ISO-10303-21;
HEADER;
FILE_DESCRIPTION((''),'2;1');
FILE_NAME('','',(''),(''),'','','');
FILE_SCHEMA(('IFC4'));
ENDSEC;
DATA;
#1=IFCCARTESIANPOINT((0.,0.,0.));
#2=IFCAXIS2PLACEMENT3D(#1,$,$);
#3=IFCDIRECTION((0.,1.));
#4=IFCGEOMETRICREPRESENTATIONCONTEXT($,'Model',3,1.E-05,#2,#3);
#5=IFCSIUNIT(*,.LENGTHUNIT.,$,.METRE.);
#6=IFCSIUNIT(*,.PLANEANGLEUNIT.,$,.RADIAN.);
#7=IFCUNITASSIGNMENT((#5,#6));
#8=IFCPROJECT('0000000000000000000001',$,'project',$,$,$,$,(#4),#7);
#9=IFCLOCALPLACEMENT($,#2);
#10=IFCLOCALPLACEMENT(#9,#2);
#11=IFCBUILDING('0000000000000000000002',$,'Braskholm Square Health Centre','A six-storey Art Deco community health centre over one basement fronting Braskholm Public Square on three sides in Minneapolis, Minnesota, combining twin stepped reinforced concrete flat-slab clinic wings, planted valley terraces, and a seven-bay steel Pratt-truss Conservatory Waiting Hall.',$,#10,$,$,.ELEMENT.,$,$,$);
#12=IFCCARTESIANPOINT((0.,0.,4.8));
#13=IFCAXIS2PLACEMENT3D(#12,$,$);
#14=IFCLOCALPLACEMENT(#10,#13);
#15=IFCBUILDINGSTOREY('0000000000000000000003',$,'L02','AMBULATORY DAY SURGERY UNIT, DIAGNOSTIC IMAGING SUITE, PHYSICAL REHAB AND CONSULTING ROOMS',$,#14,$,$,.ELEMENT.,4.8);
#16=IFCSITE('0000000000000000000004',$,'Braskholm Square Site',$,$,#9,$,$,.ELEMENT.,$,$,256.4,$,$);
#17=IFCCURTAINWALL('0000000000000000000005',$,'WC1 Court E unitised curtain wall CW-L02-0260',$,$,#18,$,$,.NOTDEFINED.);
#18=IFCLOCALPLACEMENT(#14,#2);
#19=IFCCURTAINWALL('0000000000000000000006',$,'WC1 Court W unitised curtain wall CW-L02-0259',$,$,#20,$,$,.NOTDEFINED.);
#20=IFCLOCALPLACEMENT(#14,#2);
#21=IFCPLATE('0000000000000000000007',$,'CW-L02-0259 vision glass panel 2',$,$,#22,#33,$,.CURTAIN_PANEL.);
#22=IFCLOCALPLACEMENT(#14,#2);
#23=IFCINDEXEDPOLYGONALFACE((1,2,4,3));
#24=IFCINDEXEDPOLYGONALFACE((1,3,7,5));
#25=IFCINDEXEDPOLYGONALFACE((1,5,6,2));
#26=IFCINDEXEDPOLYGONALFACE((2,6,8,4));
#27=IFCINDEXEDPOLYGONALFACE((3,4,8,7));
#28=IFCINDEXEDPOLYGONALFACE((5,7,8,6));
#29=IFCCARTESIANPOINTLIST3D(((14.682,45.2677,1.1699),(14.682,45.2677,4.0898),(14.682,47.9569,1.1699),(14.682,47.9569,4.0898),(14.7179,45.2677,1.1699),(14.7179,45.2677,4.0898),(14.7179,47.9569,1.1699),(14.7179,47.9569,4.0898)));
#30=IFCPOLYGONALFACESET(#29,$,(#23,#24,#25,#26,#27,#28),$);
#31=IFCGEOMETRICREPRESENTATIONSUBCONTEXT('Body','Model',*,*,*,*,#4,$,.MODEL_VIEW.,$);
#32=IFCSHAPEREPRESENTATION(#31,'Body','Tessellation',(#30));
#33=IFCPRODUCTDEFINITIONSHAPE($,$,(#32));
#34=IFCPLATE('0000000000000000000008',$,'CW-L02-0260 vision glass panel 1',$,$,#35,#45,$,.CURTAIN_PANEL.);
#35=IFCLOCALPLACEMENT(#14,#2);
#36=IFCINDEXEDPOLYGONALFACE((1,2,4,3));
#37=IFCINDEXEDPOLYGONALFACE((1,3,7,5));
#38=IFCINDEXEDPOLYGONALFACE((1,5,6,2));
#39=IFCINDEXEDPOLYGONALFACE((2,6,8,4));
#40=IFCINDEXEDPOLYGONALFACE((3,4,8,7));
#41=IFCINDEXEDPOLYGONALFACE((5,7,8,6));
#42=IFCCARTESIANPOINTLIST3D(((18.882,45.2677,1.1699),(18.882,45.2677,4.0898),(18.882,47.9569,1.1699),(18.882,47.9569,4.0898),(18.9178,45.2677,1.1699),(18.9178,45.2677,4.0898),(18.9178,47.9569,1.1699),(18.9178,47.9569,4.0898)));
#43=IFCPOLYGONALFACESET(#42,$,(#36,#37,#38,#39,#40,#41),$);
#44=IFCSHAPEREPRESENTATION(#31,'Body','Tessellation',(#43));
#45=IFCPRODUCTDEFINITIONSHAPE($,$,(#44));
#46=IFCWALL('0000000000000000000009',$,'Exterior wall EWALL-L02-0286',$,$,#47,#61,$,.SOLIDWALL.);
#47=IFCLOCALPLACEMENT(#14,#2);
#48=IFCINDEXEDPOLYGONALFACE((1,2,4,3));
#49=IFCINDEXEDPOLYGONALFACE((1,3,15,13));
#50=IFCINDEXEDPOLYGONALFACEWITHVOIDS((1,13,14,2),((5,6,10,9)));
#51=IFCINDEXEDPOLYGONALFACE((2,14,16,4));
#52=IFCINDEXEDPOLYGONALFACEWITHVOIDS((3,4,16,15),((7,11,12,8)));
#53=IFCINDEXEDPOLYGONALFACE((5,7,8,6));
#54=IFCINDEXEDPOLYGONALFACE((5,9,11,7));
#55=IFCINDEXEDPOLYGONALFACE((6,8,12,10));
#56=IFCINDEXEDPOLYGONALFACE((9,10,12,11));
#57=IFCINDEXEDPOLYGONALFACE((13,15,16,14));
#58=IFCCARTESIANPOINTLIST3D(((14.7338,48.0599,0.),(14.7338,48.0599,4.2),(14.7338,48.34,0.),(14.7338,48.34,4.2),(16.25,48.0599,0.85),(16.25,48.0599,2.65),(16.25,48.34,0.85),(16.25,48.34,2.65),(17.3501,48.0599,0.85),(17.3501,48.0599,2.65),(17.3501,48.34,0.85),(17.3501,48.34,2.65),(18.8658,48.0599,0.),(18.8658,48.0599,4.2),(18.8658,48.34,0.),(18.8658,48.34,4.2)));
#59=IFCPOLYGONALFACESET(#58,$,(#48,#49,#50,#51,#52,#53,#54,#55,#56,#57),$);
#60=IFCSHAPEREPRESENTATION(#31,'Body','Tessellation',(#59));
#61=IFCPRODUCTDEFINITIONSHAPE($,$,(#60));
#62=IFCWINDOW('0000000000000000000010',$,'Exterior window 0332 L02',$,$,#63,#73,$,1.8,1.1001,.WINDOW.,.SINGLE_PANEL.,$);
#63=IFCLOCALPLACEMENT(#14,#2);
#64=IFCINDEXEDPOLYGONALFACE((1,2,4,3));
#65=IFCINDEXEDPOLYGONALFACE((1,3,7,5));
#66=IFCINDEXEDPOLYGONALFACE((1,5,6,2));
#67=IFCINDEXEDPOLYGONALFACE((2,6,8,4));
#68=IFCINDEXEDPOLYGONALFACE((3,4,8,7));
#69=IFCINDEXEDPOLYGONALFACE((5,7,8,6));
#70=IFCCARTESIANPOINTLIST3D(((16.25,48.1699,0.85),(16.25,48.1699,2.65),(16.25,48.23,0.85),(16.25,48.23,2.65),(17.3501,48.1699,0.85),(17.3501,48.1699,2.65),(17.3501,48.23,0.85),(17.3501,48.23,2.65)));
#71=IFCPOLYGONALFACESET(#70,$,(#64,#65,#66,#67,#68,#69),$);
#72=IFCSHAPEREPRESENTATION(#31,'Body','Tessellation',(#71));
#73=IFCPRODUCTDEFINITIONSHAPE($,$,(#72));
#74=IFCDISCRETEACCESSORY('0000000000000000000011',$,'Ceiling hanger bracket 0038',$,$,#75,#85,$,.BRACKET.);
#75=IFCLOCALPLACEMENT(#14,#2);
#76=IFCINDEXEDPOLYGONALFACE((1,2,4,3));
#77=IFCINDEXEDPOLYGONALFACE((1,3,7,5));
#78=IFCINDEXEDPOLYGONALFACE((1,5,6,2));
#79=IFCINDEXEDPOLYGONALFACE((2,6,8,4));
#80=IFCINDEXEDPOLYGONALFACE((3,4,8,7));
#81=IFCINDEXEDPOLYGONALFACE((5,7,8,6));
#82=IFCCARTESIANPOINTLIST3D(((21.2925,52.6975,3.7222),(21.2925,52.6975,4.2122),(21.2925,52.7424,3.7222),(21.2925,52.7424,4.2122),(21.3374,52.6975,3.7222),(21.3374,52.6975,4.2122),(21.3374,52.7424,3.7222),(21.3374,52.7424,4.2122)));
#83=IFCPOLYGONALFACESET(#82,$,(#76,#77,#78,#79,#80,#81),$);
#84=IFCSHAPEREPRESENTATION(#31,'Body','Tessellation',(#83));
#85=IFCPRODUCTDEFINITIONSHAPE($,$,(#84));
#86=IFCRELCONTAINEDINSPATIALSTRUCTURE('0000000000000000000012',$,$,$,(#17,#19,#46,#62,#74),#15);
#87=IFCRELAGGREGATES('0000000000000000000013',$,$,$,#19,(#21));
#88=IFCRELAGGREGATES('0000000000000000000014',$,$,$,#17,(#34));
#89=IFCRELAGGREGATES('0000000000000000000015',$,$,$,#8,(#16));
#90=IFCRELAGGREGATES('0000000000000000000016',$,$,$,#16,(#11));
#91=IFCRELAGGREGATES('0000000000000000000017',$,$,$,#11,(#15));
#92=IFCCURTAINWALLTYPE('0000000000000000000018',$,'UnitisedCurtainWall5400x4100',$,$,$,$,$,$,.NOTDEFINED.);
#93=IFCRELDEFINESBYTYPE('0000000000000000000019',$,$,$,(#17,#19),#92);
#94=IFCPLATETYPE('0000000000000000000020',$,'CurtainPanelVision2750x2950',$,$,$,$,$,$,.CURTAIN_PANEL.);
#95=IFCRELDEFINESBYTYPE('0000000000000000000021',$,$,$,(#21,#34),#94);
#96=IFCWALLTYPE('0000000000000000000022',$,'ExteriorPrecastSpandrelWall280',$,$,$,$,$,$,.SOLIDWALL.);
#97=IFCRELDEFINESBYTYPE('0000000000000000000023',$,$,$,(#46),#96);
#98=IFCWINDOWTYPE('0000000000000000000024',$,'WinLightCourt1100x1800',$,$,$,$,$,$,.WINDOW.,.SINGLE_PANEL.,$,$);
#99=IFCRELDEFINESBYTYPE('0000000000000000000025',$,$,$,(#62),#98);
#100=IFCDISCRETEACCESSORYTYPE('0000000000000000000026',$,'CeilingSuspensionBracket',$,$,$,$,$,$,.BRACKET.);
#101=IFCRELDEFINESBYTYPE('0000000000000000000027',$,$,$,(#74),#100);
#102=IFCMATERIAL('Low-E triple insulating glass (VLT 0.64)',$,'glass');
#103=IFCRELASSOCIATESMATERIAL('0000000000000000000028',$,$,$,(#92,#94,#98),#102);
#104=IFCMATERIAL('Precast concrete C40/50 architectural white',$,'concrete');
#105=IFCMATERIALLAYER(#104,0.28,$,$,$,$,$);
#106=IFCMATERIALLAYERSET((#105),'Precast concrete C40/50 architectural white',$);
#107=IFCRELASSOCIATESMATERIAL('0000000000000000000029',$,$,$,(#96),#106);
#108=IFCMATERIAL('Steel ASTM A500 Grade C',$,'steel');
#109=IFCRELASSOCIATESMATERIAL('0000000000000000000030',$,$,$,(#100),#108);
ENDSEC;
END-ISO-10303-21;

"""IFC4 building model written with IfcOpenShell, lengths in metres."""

from ifc_helpers import new_model, si_unit, direction, frame, frame_2d, origin, origin_with_axes, origin_2d, place, context, subcontext, project, spatial, rectangle, extrude, material, layer, layer_set, type_object, element, fill, aggregate, save


model = new_model("IFC4")

# Units and contexts
model_context = context("Model", 3, precision=1e-05, world=origin(), true_north=direction((0.0, 1.0)))
body_context = subcontext(model_context, "Body", "Model", "MODEL_VIEW")
ifc_project = project(units=[si_unit("LENGTHUNIT", "METRE"), si_unit("PLANEANGLEUNIT", "RADIAN")], contexts=[model_context])

# Site, building, storey
site_placement = place(None, origin())
site = spatial("IfcSite", under=ifc_project, at=site_placement, Name="Braskholm Square Site", CompositionType="ELEMENT", RefElevation=256.4)
building_placement = place(site_placement, origin())
building = spatial("IfcBuilding", under=site, at=building_placement, Name="Braskholm Square Health Centre", Description="A six-storey Art Deco community health centre over one basement fronting Braskholm Public Square on three sides in Minneapolis, Minnesota, combining twin stepped reinforced concrete flat-slab clinic wings, planted valley terraces, and a seven-bay steel Pratt-truss Conservatory Waiting Hall.", CompositionType="ELEMENT")
storey_placement = place(building_placement, frame((0.0, 0.0, 4.8)))
storey = spatial("IfcBuildingStorey", under=building, at=storey_placement, Name="L02", Description="AMBULATORY DAY SURGERY UNIT, DIAGNOSTIC IMAGING SUITE, PHYSICAL REHAB AND CONSULTING ROOMS", CompositionType="ELEMENT", Elevation=4.8)

# Curtain walls
ifc_material_1 = material(Name="Low-E triple insulating glass (VLT 0.64)", Category="glass")
curtain_wall_type_1 = type_object("IfcCurtainWallType", Name="UnitisedCurtainWall5400x4100", PredefinedType="NOTDEFINED", material=ifc_material_1)
curtain_wall_1_placement = place(storey_placement, origin())
curtain_wall_1 = element("IfcCurtainWall", 1, at=curtain_wall_1_placement, inside=storey, type_object=curtain_wall_type_1, Name="WC1 Court E unitised curtain wall CW-L02-0260", PredefinedType="NOTDEFINED")
curtain_wall_2_placement = place(storey_placement, origin())
curtain_wall_2 = element("IfcCurtainWall", 2, at=curtain_wall_2_placement, inside=storey, type_object=curtain_wall_type_1, Name="WC1 Court W unitised curtain wall CW-L02-0259", PredefinedType="NOTDEFINED")

# Plates
plate_type_1 = type_object("IfcPlateType", Name="CurtainPanelVision2750x2950", PredefinedType="CURTAIN_PANEL", material=ifc_material_1)
plate_1_placement = place(storey_placement, frame((14.7, 46.6123, 1.1699), z_axis=(0.0, 0.0, 1.0), x_axis=(0.0, 1.0, 0.0)))
plate_1 = element("IfcPlate", 3, at=plate_1_placement, type_object=plate_type_1, Name="CW-L02-0259 vision glass panel 2", PredefinedType="CURTAIN_PANEL", context=body_context, shape_type="SweptSolid", body=[
    extrude(rectangle(XDim=2.6892, YDim=0.0359, at=origin_2d()), origin(), (0.0, 0.0, 1.0), 2.9199),
])
aggregate(curtain_wall_2, [plate_1])
plate_2_placement = place(storey_placement, frame((18.8999, 46.6123, 1.1699), z_axis=(0.0, 0.0, 1.0), x_axis=(0.0, -1.0, 0.0)))
plate_2 = element("IfcPlate", 4, at=plate_2_placement, type_object=plate_type_1, Name="CW-L02-0260 vision glass panel 1", PredefinedType="CURTAIN_PANEL", context=body_context, shape_type="SweptSolid", body=[
    extrude(rectangle(XDim=2.6892, YDim=0.0359, at=origin_2d()), origin(), (0.0, 0.0, 1.0), 2.9199),
])
aggregate(curtain_wall_1, [plate_2])

# Wall, opening, window
ifc_material_2 = material(Name="Precast concrete C40/50 architectural white", Category="concrete")
ifc_layer = layer(ifc_material_2, 0.28)
ifc_layer_set = layer_set([ifc_layer], Name="Precast concrete C40/50 architectural white")
wall_type = type_object("IfcWallType", Name="ExteriorPrecastSpandrelWall280", PredefinedType="SOLIDWALL", material=ifc_layer_set)
wall_placement = place(storey_placement, frame((14.7339, 48.2, 0.0), z_axis=(0.0, 0.0, 1.0), x_axis=(1.0, 0.0, 0.0)))
wall = element("IfcWall", 5, at=wall_placement, inside=storey, type_object=wall_type, Name="Exterior wall EWALL-L02-0286", PredefinedType="SOLIDWALL", context=body_context, shape_type="SweptSolid", body=[
    extrude(rectangle(XDim=4.1321, YDim=0.28, at=frame_2d((2.0659, 0.0))), origin(), (0.0, 0.0, 1.0), 4.2),
])
opening_placement = place(wall_placement, frame((1.5161, 0.0, 0.8501)))
opening = element("IfcOpeningElement", 6, at=opening_placement, cuts=wall, PredefinedType="OPENING", context=body_context, shape_type="SweptSolid", body=[
    extrude(rectangle(XDim=1.1001, YDim=1.8, at=frame_2d((0.55, 0.8999))), frame((0.0, 0.1499, 0.0), z_axis=(0.0, -1.0, 0.0), x_axis=(1.0, 0.0, 0.0)), (0.0, 0.0, 1.0), 0.3),
])
window_type = type_object("IfcWindowType", Name="WinLightCourt1100x1800", PartitioningType="SINGLE_PANEL", PredefinedType="WINDOW", material=ifc_material_1)
window_placement = place(opening_placement, origin_with_axes())
window = element("IfcWindow", 7, at=window_placement, inside=storey, type_object=window_type, Name="Exterior window 0332 L02", OverallHeight=1.8, OverallWidth=1.1001, PartitioningType="SINGLE_PANEL", PredefinedType="WINDOW", context=body_context, shape_type="SweptSolid", body=[
    extrude(rectangle(XDim=1.1001, YDim=1.8, at=frame_2d((0.55, 0.8999))), frame((0.0, 0.03, 0.0), z_axis=(0.0, -1.0, 0.0), x_axis=(1.0, 0.0, 0.0)), (0.0, 0.0, 1.0), 0.0601),
])
fill(opening, window)

# Discrete accessory
ifc_material_3 = material(Name="Steel ASTM A500 Grade C", Category="steel")
discrete_accessory_type = type_object("IfcDiscreteAccessoryType", Name="CeilingSuspensionBracket", PredefinedType="BRACKET", material=ifc_material_3)
discrete_accessory_placement = place(storey_placement, frame((21.3149, 52.72, 3.7222), z_axis=(0.0, 0.0, 1.0), x_axis=(1.0, 0.0, 0.0)))
element("IfcDiscreteAccessory", 8, at=discrete_accessory_placement, inside=storey, type_object=discrete_accessory_type, Name="Ceiling hanger bracket 0038", PredefinedType="BRACKET", context=body_context, shape_type="SweptSolid", body=[
    extrude(rectangle(XDim=0.0449, YDim=0.0449, at=origin_2d()), origin(), (0.0, 0.0, 1.0), 0.49),
])

save(model, "model.ifc")
